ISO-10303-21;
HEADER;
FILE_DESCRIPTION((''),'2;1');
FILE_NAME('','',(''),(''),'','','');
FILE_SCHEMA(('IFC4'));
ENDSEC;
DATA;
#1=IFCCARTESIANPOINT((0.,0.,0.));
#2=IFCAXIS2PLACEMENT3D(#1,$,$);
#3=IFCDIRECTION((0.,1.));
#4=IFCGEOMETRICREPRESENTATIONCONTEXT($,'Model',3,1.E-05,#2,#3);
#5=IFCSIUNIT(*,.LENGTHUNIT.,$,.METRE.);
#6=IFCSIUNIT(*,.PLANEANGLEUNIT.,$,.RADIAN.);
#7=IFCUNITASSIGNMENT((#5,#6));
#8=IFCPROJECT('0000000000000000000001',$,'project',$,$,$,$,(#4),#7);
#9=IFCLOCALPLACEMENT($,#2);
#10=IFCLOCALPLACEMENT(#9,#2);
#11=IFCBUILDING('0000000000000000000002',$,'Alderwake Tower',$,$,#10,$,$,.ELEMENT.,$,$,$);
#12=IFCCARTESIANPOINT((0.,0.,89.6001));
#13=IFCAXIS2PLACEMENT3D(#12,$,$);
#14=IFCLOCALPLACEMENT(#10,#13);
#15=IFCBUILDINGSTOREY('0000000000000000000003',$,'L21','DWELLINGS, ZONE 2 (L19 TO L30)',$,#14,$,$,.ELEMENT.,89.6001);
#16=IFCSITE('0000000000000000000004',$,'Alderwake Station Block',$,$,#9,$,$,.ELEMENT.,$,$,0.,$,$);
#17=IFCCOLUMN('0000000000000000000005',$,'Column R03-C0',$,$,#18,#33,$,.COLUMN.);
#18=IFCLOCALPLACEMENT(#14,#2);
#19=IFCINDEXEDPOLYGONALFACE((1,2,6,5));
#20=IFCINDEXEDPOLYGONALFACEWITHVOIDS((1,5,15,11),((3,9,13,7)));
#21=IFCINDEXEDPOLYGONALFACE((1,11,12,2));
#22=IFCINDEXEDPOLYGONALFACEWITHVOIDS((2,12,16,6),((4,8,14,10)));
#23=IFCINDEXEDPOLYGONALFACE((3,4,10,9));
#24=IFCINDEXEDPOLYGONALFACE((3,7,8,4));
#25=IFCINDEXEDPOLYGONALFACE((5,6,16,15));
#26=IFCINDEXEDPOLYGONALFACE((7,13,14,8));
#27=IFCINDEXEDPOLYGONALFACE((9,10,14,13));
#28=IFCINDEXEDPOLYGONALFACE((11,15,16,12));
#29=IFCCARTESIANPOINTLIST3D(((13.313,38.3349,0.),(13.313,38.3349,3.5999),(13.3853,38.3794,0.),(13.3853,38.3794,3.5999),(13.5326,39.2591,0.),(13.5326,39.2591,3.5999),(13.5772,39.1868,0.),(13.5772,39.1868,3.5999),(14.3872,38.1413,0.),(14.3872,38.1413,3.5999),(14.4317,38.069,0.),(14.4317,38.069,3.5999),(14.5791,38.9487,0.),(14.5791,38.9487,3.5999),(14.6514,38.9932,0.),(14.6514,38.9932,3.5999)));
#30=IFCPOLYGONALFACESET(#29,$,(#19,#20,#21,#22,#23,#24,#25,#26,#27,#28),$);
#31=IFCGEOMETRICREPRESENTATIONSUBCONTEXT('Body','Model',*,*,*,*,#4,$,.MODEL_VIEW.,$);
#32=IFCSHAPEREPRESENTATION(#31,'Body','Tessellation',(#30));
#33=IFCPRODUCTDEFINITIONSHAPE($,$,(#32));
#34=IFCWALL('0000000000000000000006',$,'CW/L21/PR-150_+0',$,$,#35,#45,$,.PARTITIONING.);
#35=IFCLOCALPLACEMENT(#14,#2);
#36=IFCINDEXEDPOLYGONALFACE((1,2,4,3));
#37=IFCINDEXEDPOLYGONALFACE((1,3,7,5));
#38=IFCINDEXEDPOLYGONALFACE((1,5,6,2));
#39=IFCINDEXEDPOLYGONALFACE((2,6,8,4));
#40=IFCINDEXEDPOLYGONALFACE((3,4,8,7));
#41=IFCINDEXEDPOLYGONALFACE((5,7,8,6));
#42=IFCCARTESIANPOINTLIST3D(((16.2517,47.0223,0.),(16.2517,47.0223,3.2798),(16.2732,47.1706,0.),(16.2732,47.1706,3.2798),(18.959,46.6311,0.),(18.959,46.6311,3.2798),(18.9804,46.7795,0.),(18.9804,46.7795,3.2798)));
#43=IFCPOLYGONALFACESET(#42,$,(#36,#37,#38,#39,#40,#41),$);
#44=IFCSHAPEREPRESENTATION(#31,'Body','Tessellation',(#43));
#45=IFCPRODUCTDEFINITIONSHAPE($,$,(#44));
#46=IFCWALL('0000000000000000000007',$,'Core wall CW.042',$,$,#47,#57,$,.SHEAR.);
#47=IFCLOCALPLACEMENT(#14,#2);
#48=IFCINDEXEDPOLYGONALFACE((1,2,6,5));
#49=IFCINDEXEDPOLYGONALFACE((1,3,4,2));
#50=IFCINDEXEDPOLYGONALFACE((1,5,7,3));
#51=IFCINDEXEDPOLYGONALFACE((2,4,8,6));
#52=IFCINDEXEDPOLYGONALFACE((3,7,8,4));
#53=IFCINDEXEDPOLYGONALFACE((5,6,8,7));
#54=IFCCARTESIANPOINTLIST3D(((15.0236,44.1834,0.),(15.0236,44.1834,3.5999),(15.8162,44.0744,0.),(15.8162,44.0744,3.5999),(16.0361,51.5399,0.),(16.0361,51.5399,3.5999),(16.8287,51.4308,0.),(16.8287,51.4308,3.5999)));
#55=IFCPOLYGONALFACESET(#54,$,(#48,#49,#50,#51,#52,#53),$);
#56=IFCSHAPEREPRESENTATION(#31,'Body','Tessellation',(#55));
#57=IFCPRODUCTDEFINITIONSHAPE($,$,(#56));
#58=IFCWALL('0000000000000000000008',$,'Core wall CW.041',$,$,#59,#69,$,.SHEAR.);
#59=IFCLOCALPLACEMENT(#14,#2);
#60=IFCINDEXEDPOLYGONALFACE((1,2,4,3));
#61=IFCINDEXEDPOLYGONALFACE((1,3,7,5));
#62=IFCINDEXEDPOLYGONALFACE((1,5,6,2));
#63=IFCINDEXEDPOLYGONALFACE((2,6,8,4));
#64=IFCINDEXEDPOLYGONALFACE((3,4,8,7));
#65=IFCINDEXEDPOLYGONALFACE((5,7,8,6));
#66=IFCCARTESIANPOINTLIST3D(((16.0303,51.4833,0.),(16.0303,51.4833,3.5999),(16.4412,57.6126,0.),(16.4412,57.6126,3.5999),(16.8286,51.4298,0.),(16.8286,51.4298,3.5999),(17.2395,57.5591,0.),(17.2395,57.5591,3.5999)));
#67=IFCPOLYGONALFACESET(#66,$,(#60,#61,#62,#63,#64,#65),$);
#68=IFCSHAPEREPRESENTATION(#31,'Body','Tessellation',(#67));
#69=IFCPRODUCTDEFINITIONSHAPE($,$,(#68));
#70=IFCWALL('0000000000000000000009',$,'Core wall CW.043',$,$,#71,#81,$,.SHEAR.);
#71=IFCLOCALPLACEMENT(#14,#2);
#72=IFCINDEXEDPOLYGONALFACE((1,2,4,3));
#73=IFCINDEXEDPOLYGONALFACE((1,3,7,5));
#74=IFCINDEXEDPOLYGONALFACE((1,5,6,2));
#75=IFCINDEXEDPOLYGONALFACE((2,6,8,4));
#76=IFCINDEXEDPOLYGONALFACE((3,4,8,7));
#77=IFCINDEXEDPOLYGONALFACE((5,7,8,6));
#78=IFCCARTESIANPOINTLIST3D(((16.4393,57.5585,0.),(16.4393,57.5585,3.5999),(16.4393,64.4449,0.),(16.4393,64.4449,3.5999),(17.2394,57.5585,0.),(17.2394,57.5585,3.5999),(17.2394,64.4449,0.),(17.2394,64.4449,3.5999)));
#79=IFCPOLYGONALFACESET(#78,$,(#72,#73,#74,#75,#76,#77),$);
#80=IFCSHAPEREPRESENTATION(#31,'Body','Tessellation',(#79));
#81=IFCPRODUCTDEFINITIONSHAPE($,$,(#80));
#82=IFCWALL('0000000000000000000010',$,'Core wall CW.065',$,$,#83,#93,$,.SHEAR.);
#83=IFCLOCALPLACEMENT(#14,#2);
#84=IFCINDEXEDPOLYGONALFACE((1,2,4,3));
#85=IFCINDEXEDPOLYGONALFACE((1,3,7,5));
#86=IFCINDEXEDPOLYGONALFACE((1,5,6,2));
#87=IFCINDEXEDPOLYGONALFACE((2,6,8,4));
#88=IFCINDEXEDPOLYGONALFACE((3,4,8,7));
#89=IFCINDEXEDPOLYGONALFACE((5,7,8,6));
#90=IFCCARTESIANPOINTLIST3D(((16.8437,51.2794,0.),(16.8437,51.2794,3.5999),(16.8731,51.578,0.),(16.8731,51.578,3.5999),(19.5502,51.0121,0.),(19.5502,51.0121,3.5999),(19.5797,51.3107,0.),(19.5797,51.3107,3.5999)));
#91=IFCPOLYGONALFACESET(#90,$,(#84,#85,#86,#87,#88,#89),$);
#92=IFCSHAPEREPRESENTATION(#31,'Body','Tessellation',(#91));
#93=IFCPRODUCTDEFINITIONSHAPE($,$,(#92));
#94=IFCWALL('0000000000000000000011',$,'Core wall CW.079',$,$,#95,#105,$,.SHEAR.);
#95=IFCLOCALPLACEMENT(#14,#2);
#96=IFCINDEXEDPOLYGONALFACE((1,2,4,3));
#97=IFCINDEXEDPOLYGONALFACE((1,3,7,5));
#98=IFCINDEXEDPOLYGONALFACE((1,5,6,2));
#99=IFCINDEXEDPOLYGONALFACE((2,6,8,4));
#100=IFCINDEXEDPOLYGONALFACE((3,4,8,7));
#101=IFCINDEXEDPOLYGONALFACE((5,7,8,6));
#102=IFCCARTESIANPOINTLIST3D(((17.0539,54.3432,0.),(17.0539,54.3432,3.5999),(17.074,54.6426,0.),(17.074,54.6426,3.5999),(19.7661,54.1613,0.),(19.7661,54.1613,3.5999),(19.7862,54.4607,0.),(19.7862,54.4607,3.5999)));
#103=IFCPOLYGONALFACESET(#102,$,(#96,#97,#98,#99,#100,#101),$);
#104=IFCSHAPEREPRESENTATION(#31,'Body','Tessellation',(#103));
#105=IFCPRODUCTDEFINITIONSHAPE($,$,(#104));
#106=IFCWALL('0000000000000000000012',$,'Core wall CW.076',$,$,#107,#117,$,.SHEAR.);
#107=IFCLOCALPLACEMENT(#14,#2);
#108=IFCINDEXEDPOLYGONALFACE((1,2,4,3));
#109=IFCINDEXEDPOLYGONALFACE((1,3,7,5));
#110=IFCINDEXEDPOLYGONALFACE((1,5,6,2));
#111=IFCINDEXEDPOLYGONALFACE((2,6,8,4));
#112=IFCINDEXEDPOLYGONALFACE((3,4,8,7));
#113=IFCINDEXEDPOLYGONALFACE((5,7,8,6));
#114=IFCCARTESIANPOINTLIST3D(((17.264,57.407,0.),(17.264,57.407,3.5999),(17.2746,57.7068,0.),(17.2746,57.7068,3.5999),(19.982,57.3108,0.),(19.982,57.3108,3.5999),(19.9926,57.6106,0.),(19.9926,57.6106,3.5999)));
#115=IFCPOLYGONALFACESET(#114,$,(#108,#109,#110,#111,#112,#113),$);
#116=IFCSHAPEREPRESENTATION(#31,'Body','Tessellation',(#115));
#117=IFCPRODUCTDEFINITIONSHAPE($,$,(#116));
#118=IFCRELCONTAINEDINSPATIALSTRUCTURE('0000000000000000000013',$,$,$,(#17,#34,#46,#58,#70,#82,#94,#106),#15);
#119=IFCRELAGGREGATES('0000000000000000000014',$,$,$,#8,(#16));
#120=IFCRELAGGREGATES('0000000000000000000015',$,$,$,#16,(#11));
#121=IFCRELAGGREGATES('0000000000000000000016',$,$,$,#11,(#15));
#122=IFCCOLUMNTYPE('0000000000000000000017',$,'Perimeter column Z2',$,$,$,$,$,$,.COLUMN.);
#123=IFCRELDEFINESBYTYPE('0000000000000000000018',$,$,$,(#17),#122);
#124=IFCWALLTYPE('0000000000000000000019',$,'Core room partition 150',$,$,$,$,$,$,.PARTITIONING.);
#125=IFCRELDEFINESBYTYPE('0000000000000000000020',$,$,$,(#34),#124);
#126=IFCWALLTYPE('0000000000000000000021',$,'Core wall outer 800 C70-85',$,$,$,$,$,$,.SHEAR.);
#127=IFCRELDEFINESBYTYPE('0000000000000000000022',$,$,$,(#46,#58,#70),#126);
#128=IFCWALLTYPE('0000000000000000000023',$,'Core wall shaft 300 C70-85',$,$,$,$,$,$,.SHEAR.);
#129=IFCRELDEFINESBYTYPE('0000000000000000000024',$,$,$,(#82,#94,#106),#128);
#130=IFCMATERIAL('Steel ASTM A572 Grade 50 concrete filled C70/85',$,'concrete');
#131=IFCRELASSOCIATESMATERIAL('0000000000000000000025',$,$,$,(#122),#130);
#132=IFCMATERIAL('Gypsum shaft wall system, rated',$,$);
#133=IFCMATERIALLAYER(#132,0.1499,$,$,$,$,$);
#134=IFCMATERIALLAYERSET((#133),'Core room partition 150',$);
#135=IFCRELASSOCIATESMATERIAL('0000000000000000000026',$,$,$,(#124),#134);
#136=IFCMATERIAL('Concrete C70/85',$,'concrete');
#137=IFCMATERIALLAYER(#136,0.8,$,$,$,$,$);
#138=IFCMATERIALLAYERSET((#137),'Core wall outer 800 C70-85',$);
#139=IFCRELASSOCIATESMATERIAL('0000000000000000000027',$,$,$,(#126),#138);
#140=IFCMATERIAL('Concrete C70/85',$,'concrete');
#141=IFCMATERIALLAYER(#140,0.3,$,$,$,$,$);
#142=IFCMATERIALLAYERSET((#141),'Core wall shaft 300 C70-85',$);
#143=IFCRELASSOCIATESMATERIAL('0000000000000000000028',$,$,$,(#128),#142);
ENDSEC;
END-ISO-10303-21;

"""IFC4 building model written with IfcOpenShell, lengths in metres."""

from ifc_helpers import new_model, si_unit, direction, frame, frame_2d, origin, origin_2d, place, context, subcontext, project, spatial, rectangle, hollow_rectangle, extrude, material, layer, layer_set, material_profile, profile_set, type_object, element, save


model = new_model("IFC4")

# Units and contexts
model_context = context("Model", 3, precision=1e-05, world=origin(), true_north=direction((0.0, 1.0)))
body_context = subcontext(model_context, "Body", "Model", "MODEL_VIEW")
ifc_project = project(units=[si_unit("LENGTHUNIT", "METRE"), si_unit("PLANEANGLEUNIT", "RADIAN")], contexts=[model_context])

# Site, building, storey
site_placement = place(None, origin())
site = spatial("IfcSite", under=ifc_project, at=site_placement, Name="Alderwake Station Block", CompositionType="ELEMENT", RefElevation=0.0)
building_placement = place(site_placement, origin())
building = spatial("IfcBuilding", under=site, at=building_placement, Name="Alderwake Tower", CompositionType="ELEMENT")
storey_placement = place(building_placement, frame((0.0, 0.0, 89.6001)))
storey = spatial("IfcBuildingStorey", under=building, at=storey_placement, Name="L21", Description="DWELLINGS, ZONE 2 (L19 TO L30)", CompositionType="ELEMENT", Elevation=89.6001)

# Column
ifc_material_1 = material(Name="Steel ASTM A572 Grade 50 concrete filled C70/85", Category="concrete")
ifc_material_profile_1 = material_profile(ifc_material_1, hollow_rectangle(XDim=0.95, YDim=1.1499, WallThickness=0.0601, at=origin_2d()), Name="BOX 1150X950X60")
ifc_profile_set_1 = profile_set([ifc_material_profile_1], Name="Steel ASTM A572 Grade 50 concrete filled C70/85")
column_type = type_object("IfcColumnType", Name="Perimeter column Z2", PredefinedType="COLUMN", material=ifc_profile_set_1)
column_placement = place(storey_placement, frame((13.9822, 38.6641, 0.0), z_axis=(0.0, 0.0, 1.0), x_axis=(0.231222, 0.972901, 0.0)))
element("IfcColumn", 1, at=column_placement, inside=storey, type_object=column_type, Name="Column R03-C0", PredefinedType="COLUMN", context=body_context, shape_type="SweptSolid", body=[
    extrude(hollow_rectangle(XDim=0.95, YDim=1.1499, WallThickness=0.0601, at=origin_2d()), origin(), (0.0, 0.0, 1.0), 3.5999),
])

# Walls
ifc_material_2 = material(Name="Gypsum shaft wall system, rated")
ifc_layer_1 = layer(ifc_material_2, 0.1499)
ifc_layer_set_1 = layer_set([ifc_layer_1], Name="Core room partition 150")
wall_type_1 = type_object("IfcWallType", Name="Core room partition 150", PredefinedType="PARTITIONING", material=ifc_layer_set_1)
wall_1_placement = place(storey_placement, frame((16.2625, 47.0964, 0.0), z_axis=(0.0, 0.0, 1.0), x_axis=(0.989725, -0.142983, 0.0)))
element("IfcWall", 2, at=wall_1_placement, inside=storey, type_object=wall_type_1, Name="CW/L21/PR-150_+0", PredefinedType="PARTITIONING", context=body_context, shape_type="SweptSolid", body=[
    extrude(rectangle(XDim=2.7354, YDim=0.1499, at=frame_2d((1.3677, 0.0))), origin(), (0.0, 0.0, 1.0), 3.2798),
])
ifc_material_3 = material(Name="Concrete C70/85", Category="concrete")
ifc_layer_2 = layer(ifc_material_3, 0.8)
ifc_layer_set_2 = layer_set([ifc_layer_2], Name="Core wall outer 800 C70-85")
wall_type_2 = type_object("IfcWallType", Name="Core wall outer 800 C70-85", PredefinedType="SHEAR", material=ifc_layer_set_2)
wall_2_placement = place(storey_placement, frame((15.4199, 44.1289, 0.0), z_axis=(0.0, 0.0, 1.0), x_axis=(0.136343, 0.990662, 0.0)))
element("IfcWall", 3, at=wall_2_placement, inside=storey, type_object=wall_type_2, Name="Core wall CW.042", PredefinedType="SHEAR", context=body_context, shape_type="SweptSolid", body=[
    extrude(rectangle(XDim=7.4258, YDim=0.8, at=frame_2d((3.7129, 0.0))), origin(), (0.0, 0.0, 1.0), 3.5999),
])
wall_3_placement = place(storey_placement, frame((16.4294, 51.4565, 0.0), z_axis=(0.0, 0.0, 1.0), x_axis=(0.066886, 0.997761, 0.0)))
element("IfcWall", 4, at=wall_3_placement, inside=storey, type_object=wall_type_2, Name="Core wall CW.041", PredefinedType="SHEAR", context=body_context, shape_type="SweptSolid", body=[
    extrude(rectangle(XDim=6.1431, YDim=0.8, at=frame_2d((3.0715, 0.0))), origin(), (0.0, 0.0, 1.0), 3.5999),
])
wall_4_placement = place(storey_placement, frame((16.8394, 57.5583, 0.0), z_axis=(0.0, 0.0, 1.0), x_axis=(0.0, 1.0, 0.0)))
element("IfcWall", 5, at=wall_4_placement, inside=storey, type_object=wall_type_2, Name="Core wall CW.043", PredefinedType="SHEAR", context=body_context, shape_type="SweptSolid", body=[
    extrude(rectangle(XDim=6.8865, YDim=0.8, at=frame_2d((3.4434, 0.0))), origin(), (0.0, 0.0, 1.0), 3.5999),
])
ifc_material_4 = material(Name="Concrete C70/85", Category="concrete")
ifc_layer_3 = layer(ifc_material_4, 0.3)
ifc_layer_set_3 = layer_set([ifc_layer_3], Name="Core wall shaft 300 C70-85")
wall_type_3 = type_object("IfcWallType", Name="Core wall shaft 300 C70-85", PredefinedType="SHEAR", material=ifc_layer_set_3)
wall_5_placement = place(storey_placement, frame((16.8584, 51.4287, 0.0), z_axis=(0.0, 0.0, 1.0), x_axis=(0.995157, -0.098295, 0.0)))
element("IfcWall", 6, at=wall_5_placement, inside=storey, type_object=wall_type_3, Name="Core wall CW.065", PredefinedType="SHEAR", context=body_context, shape_type="SweptSolid", body=[
    extrude(rectangle(XDim=2.7197, YDim=0.3, at=frame_2d((1.3599, 0.0))), origin(), (0.0, 0.0, 1.0), 3.5999),
])
wall_6_placement = place(storey_placement, frame((17.064, 54.4929, 0.0), z_axis=(0.0, 0.0, 1.0), x_axis=(0.997759, -0.066912, 0.0)))
element("IfcWall", 7, at=wall_6_placement, inside=storey, type_object=wall_type_3, Name="Core wall CW.079", PredefinedType="SHEAR", context=body_context, shape_type="SweptSolid", body=[
    extrude(rectangle(XDim=2.7183, YDim=0.3, at=frame_2d((1.3591, 0.0))), origin(), (0.0, 0.0, 1.0), 3.5999),
])
wall_7_placement = place(storey_placement, frame((17.2693, 57.5569, 0.0), z_axis=(0.0, 0.0, 1.0), x_axis=(0.999374, -0.035368, 0.0)))
element("IfcWall", 8, at=wall_7_placement, inside=storey, type_object=wall_type_3, Name="Core wall CW.076", PredefinedType="SHEAR", context=body_context, shape_type="SweptSolid", body=[
    extrude(rectangle(XDim=2.7197, YDim=0.3, at=frame_2d((1.3599, 0.0))), origin(), (0.0, 0.0, 1.0), 3.5999),
])

save(model, "model.ifc")
